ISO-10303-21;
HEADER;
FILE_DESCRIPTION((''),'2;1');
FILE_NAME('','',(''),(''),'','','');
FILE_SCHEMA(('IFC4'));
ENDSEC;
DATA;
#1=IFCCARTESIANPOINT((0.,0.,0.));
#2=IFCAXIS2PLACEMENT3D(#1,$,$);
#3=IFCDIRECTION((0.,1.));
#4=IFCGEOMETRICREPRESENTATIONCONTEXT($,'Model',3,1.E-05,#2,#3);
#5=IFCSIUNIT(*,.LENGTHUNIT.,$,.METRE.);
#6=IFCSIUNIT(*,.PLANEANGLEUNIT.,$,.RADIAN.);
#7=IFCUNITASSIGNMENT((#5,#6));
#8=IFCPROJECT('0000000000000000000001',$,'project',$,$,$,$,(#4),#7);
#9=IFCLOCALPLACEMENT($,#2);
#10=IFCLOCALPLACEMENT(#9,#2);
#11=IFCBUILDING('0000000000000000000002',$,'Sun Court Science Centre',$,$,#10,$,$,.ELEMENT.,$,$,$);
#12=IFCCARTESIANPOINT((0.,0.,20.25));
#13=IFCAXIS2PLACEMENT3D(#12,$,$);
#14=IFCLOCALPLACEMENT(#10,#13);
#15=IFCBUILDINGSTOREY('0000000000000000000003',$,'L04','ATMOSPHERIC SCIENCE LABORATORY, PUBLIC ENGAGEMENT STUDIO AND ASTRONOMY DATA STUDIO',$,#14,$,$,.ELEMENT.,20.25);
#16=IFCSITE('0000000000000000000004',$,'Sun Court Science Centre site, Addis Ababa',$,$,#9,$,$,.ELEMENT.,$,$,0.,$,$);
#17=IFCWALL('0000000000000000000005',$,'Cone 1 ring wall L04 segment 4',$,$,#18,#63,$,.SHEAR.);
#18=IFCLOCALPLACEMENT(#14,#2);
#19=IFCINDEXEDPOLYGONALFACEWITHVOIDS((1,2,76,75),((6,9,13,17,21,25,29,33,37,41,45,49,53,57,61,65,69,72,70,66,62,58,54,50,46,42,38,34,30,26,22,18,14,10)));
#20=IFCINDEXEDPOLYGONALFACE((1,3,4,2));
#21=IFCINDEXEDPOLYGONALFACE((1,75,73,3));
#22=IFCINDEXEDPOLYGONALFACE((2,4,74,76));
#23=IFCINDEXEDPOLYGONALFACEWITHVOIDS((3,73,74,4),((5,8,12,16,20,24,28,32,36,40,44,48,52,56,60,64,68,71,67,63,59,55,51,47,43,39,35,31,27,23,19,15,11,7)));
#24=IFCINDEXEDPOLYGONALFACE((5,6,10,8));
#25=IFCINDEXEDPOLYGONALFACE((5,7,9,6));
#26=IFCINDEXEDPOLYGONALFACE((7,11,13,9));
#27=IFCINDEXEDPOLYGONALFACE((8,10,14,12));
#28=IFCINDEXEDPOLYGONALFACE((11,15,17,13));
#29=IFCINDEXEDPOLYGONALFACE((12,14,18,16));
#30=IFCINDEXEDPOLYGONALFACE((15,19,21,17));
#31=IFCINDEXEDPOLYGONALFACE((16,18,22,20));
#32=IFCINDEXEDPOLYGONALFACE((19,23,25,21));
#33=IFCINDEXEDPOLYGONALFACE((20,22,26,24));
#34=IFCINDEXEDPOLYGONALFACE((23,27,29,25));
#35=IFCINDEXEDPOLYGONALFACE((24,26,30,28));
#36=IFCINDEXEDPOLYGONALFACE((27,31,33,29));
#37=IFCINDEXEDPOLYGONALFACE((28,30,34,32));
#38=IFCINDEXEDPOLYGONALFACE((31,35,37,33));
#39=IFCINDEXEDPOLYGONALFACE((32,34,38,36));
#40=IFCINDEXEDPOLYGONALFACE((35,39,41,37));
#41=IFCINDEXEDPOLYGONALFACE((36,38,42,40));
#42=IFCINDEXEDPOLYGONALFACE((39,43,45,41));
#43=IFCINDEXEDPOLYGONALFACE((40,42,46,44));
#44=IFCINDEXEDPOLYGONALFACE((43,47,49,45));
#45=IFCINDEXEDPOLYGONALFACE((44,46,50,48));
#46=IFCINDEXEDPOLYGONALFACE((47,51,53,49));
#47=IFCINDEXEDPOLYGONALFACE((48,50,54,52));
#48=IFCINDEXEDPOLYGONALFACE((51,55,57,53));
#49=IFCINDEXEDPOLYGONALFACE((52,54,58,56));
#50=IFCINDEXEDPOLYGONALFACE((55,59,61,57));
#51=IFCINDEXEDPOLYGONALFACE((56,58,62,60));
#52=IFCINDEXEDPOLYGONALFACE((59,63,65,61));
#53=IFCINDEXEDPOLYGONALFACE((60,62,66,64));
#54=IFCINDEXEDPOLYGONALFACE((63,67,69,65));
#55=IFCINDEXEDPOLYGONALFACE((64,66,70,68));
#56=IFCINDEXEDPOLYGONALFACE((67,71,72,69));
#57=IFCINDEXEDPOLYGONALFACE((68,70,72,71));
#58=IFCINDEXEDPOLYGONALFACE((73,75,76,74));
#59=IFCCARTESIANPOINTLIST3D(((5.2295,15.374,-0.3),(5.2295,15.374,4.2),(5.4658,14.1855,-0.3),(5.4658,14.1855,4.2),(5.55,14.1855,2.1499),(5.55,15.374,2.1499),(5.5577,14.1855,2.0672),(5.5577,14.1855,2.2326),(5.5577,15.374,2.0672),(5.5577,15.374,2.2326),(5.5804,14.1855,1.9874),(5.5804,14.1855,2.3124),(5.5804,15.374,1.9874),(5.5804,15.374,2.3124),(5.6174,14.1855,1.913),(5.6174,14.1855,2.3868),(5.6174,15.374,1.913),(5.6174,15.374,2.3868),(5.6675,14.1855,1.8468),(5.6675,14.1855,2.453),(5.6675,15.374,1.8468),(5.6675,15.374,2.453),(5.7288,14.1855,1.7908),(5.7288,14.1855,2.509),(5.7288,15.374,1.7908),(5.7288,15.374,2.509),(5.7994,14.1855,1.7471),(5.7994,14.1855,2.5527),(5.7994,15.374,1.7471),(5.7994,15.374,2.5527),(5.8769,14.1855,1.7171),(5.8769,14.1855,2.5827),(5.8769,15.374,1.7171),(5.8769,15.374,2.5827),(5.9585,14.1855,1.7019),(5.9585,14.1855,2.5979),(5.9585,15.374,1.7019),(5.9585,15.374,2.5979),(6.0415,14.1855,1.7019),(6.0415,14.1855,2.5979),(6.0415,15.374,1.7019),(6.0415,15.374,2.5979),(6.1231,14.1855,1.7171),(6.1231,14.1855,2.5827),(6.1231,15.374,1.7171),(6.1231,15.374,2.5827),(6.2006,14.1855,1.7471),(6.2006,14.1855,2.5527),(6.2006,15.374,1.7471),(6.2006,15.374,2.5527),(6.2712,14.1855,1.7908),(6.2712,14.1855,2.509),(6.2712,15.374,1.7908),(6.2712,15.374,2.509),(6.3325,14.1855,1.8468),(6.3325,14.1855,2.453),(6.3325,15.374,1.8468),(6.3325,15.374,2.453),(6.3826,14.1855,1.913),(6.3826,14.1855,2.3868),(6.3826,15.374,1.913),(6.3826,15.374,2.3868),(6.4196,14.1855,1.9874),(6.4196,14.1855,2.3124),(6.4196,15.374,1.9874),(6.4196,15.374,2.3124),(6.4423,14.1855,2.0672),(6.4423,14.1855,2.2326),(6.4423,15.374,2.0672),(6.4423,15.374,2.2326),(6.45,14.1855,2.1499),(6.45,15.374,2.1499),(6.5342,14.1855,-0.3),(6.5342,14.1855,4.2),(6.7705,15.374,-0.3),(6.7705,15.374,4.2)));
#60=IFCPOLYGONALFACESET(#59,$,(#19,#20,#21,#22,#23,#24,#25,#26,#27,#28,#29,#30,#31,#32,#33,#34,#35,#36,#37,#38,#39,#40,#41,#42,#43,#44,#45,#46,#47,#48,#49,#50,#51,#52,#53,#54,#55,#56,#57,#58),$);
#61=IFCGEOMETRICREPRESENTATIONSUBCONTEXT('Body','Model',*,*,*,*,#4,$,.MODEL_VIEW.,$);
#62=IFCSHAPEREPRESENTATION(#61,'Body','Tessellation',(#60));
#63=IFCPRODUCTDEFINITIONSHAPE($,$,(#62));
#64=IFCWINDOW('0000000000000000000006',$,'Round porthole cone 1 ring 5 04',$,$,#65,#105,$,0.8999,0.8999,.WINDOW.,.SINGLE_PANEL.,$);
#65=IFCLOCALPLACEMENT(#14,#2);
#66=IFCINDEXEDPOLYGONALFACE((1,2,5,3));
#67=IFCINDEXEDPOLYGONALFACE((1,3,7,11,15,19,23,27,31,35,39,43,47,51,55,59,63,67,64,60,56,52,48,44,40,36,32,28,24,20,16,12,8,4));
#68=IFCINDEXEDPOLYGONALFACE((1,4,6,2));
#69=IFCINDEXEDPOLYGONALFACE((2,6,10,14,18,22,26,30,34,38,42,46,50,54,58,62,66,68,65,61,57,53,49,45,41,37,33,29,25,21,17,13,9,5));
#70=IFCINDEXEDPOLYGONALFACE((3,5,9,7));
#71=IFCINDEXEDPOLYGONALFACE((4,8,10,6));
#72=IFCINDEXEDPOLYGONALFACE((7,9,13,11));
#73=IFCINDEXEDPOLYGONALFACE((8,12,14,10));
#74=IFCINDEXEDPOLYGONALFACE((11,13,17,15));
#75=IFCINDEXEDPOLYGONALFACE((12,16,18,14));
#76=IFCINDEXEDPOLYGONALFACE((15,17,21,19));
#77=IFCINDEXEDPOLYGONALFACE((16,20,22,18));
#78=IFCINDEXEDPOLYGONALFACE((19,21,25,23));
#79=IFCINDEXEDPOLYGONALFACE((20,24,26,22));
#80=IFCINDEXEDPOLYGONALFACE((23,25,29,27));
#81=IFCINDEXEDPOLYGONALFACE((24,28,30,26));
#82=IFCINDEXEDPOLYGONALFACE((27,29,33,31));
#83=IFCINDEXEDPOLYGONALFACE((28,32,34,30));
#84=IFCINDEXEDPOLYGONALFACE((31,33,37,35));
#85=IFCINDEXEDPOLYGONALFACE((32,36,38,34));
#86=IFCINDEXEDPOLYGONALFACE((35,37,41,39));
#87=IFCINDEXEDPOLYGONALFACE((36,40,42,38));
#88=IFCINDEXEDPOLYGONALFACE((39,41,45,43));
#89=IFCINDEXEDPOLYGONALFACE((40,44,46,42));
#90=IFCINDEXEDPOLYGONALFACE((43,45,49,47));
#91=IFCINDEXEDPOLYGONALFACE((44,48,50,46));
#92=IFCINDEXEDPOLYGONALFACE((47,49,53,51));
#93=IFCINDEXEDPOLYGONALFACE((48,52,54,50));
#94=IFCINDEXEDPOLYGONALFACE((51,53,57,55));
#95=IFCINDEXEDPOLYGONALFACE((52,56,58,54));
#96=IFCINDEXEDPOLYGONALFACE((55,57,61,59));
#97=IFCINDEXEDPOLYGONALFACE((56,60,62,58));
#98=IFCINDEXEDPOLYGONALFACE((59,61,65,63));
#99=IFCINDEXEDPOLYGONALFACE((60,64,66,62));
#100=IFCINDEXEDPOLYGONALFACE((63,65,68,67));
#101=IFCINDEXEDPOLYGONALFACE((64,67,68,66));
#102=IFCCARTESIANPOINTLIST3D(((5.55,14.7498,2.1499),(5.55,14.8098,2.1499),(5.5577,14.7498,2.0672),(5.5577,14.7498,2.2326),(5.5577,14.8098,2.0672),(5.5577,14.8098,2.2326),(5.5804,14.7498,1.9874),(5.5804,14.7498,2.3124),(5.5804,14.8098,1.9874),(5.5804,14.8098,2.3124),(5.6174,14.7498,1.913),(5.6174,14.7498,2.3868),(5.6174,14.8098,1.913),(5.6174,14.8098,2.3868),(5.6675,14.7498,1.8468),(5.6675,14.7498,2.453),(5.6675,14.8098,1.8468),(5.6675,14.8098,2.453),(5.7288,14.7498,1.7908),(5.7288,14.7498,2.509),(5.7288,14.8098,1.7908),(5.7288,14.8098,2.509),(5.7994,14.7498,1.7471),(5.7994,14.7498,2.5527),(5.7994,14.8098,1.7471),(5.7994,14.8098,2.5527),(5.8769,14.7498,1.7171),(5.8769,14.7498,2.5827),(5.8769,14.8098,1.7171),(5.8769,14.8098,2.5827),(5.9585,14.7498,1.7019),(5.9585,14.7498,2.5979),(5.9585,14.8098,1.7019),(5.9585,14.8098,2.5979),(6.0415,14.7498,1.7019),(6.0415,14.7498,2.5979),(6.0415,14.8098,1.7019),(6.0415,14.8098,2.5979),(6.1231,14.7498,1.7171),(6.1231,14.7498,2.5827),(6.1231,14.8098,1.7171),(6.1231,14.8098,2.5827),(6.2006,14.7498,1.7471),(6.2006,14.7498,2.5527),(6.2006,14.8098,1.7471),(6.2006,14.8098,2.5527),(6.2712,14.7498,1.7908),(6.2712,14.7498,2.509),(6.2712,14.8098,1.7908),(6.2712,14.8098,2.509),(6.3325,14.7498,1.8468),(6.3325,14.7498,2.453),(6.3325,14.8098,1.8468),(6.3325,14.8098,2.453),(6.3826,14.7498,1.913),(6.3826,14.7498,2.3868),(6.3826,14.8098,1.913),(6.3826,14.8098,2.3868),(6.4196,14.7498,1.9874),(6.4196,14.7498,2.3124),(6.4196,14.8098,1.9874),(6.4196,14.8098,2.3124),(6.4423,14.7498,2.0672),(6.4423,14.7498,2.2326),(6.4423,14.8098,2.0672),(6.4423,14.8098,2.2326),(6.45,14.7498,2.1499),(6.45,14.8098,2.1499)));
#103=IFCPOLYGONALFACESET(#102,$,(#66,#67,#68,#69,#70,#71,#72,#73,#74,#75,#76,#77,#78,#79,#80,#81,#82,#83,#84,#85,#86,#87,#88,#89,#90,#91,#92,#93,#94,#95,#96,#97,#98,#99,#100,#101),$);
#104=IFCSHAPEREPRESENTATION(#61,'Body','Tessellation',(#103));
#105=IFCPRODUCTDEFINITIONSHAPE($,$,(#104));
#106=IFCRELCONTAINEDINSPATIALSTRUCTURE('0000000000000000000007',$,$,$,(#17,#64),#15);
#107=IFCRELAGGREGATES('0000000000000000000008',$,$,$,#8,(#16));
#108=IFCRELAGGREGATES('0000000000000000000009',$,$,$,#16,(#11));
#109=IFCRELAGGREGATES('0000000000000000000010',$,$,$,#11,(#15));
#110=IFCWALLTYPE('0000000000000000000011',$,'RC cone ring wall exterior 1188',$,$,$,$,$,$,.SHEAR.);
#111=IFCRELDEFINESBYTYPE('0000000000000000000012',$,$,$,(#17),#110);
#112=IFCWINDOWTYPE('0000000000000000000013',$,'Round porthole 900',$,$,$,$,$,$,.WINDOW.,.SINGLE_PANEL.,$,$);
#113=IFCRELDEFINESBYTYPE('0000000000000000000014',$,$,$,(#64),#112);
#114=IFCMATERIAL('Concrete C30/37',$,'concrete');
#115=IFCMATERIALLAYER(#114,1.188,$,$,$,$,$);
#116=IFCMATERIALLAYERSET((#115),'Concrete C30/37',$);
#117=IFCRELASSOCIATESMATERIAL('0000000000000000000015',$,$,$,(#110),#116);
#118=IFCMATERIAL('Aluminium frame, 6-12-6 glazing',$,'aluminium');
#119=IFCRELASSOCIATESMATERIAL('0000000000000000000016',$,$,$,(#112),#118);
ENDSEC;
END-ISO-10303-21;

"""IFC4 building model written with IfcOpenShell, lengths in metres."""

from ifc_helpers import new_model, si_unit, direction, frame, frame_2d, origin, place, context, subcontext, project, spatial, polyline, circle, outline, extrude, material, layer, layer_set, type_object, element, fill, save


model = new_model("IFC4")

# Units and contexts
model_context = context("Model", 3, precision=1e-05, world=origin(), true_north=direction((0.0, 1.0)))
body_context = subcontext(model_context, "Body", "Model", "MODEL_VIEW")
ifc_project = project(units=[si_unit("LENGTHUNIT", "METRE"), si_unit("PLANEANGLEUNIT", "RADIAN")], contexts=[model_context])

# Site, building, storey
site_placement = place(None, origin())
site = spatial("IfcSite", under=ifc_project, at=site_placement, Name="Sun Court Science Centre site, Addis Ababa", CompositionType="ELEMENT", RefElevation=0.0)
building_placement = place(site_placement, origin())
building = spatial("IfcBuilding", under=site, at=building_placement, Name="Sun Court Science Centre", CompositionType="ELEMENT")
storey_placement = place(building_placement, frame((0.0, 0.0, 20.25)))
storey = spatial("IfcBuildingStorey", under=building, at=storey_placement, Name="L04", Description="ATMOSPHERIC SCIENCE LABORATORY, PUBLIC ENGAGEMENT STUDIO AND ASTRONOMY DATA STUDIO", CompositionType="ELEMENT", Elevation=20.25)

# Wall, opening, window
ifc_material_1 = material(Name="Concrete C30/37", Category="concrete")
ifc_layer_1 = layer(ifc_material_1, 1.188)
ifc_layer_set_1 = layer_set([ifc_layer_1], Name="Concrete C30/37")
wall_type_1 = type_object("IfcWallType", Name="RC cone ring wall exterior 1188", PredefinedType="SHEAR", material=ifc_layer_set_1)
ifc_material_2 = material(Name="Aluminium frame, 6-12-6 glazing", Category="aluminium")
window_type = type_object("IfcWindowType", Name="Round porthole 900", PartitioningType="SINGLE_PANEL", PredefinedType="WINDOW", material=ifc_material_2)
wall_1_placement = place(storey_placement, frame((6.7705, 14.7798, -0.3), z_axis=(0.0, 0.0, 1.0), x_axis=(-1.0, 0.0, 0.0)))
wall_1 = element("IfcWall", 1, at=wall_1_placement, inside=storey, type_object=wall_type_1, Name="Cone 1 ring wall L04 segment 4", PredefinedType="SHEAR", context=body_context, shape_type="SweptSolid", body=[
    extrude(outline(polyline([(0.0, -0.5942), (1.541, -0.5942), (1.3047, 0.5942), (0.2363, 0.5942), (0.0, -0.5942)])), origin(), (0.0, 0.0, 1.0), 4.5),
])
opening_1_placement = place(wall_1_placement, frame((0.3206, 0.0, 2.0)))
opening_1 = element("IfcOpeningElement", 2, at=opening_1_placement, cuts=wall_1, PredefinedType="OPENING", context=body_context, shape_type="SweptSolid", body=[
    extrude(circle(Radius=0.45, at=frame_2d((0.45, 0.45))), frame((0.0, 0.6042, 0.0), z_axis=(0.0, -1.0, 0.0), x_axis=(1.0, 0.0, 0.0)), (0.0, 0.0, 1.0), 1.2085),
])
window_1_placement = place(opening_1_placement, origin())
window_1 = element("IfcWindow", 3, at=window_1_placement, inside=storey, type_object=window_type, Name="Round porthole cone 1 ring 5 04", OverallHeight=0.8999, OverallWidth=0.8999, PartitioningType="SINGLE_PANEL", PredefinedType="WINDOW", context=body_context, shape_type="SweptSolid", body=[
    extrude(circle(Radius=0.45, at=frame_2d((0.45, 0.45))), frame((0.0, 0.03, 0.0), z_axis=(0.0, -1.0, 0.0), x_axis=(1.0, 0.0, 0.0)), (0.0, 0.0, 1.0), 0.0601),
])
fill(opening_1, window_1)

save(model, "model.ifc")
